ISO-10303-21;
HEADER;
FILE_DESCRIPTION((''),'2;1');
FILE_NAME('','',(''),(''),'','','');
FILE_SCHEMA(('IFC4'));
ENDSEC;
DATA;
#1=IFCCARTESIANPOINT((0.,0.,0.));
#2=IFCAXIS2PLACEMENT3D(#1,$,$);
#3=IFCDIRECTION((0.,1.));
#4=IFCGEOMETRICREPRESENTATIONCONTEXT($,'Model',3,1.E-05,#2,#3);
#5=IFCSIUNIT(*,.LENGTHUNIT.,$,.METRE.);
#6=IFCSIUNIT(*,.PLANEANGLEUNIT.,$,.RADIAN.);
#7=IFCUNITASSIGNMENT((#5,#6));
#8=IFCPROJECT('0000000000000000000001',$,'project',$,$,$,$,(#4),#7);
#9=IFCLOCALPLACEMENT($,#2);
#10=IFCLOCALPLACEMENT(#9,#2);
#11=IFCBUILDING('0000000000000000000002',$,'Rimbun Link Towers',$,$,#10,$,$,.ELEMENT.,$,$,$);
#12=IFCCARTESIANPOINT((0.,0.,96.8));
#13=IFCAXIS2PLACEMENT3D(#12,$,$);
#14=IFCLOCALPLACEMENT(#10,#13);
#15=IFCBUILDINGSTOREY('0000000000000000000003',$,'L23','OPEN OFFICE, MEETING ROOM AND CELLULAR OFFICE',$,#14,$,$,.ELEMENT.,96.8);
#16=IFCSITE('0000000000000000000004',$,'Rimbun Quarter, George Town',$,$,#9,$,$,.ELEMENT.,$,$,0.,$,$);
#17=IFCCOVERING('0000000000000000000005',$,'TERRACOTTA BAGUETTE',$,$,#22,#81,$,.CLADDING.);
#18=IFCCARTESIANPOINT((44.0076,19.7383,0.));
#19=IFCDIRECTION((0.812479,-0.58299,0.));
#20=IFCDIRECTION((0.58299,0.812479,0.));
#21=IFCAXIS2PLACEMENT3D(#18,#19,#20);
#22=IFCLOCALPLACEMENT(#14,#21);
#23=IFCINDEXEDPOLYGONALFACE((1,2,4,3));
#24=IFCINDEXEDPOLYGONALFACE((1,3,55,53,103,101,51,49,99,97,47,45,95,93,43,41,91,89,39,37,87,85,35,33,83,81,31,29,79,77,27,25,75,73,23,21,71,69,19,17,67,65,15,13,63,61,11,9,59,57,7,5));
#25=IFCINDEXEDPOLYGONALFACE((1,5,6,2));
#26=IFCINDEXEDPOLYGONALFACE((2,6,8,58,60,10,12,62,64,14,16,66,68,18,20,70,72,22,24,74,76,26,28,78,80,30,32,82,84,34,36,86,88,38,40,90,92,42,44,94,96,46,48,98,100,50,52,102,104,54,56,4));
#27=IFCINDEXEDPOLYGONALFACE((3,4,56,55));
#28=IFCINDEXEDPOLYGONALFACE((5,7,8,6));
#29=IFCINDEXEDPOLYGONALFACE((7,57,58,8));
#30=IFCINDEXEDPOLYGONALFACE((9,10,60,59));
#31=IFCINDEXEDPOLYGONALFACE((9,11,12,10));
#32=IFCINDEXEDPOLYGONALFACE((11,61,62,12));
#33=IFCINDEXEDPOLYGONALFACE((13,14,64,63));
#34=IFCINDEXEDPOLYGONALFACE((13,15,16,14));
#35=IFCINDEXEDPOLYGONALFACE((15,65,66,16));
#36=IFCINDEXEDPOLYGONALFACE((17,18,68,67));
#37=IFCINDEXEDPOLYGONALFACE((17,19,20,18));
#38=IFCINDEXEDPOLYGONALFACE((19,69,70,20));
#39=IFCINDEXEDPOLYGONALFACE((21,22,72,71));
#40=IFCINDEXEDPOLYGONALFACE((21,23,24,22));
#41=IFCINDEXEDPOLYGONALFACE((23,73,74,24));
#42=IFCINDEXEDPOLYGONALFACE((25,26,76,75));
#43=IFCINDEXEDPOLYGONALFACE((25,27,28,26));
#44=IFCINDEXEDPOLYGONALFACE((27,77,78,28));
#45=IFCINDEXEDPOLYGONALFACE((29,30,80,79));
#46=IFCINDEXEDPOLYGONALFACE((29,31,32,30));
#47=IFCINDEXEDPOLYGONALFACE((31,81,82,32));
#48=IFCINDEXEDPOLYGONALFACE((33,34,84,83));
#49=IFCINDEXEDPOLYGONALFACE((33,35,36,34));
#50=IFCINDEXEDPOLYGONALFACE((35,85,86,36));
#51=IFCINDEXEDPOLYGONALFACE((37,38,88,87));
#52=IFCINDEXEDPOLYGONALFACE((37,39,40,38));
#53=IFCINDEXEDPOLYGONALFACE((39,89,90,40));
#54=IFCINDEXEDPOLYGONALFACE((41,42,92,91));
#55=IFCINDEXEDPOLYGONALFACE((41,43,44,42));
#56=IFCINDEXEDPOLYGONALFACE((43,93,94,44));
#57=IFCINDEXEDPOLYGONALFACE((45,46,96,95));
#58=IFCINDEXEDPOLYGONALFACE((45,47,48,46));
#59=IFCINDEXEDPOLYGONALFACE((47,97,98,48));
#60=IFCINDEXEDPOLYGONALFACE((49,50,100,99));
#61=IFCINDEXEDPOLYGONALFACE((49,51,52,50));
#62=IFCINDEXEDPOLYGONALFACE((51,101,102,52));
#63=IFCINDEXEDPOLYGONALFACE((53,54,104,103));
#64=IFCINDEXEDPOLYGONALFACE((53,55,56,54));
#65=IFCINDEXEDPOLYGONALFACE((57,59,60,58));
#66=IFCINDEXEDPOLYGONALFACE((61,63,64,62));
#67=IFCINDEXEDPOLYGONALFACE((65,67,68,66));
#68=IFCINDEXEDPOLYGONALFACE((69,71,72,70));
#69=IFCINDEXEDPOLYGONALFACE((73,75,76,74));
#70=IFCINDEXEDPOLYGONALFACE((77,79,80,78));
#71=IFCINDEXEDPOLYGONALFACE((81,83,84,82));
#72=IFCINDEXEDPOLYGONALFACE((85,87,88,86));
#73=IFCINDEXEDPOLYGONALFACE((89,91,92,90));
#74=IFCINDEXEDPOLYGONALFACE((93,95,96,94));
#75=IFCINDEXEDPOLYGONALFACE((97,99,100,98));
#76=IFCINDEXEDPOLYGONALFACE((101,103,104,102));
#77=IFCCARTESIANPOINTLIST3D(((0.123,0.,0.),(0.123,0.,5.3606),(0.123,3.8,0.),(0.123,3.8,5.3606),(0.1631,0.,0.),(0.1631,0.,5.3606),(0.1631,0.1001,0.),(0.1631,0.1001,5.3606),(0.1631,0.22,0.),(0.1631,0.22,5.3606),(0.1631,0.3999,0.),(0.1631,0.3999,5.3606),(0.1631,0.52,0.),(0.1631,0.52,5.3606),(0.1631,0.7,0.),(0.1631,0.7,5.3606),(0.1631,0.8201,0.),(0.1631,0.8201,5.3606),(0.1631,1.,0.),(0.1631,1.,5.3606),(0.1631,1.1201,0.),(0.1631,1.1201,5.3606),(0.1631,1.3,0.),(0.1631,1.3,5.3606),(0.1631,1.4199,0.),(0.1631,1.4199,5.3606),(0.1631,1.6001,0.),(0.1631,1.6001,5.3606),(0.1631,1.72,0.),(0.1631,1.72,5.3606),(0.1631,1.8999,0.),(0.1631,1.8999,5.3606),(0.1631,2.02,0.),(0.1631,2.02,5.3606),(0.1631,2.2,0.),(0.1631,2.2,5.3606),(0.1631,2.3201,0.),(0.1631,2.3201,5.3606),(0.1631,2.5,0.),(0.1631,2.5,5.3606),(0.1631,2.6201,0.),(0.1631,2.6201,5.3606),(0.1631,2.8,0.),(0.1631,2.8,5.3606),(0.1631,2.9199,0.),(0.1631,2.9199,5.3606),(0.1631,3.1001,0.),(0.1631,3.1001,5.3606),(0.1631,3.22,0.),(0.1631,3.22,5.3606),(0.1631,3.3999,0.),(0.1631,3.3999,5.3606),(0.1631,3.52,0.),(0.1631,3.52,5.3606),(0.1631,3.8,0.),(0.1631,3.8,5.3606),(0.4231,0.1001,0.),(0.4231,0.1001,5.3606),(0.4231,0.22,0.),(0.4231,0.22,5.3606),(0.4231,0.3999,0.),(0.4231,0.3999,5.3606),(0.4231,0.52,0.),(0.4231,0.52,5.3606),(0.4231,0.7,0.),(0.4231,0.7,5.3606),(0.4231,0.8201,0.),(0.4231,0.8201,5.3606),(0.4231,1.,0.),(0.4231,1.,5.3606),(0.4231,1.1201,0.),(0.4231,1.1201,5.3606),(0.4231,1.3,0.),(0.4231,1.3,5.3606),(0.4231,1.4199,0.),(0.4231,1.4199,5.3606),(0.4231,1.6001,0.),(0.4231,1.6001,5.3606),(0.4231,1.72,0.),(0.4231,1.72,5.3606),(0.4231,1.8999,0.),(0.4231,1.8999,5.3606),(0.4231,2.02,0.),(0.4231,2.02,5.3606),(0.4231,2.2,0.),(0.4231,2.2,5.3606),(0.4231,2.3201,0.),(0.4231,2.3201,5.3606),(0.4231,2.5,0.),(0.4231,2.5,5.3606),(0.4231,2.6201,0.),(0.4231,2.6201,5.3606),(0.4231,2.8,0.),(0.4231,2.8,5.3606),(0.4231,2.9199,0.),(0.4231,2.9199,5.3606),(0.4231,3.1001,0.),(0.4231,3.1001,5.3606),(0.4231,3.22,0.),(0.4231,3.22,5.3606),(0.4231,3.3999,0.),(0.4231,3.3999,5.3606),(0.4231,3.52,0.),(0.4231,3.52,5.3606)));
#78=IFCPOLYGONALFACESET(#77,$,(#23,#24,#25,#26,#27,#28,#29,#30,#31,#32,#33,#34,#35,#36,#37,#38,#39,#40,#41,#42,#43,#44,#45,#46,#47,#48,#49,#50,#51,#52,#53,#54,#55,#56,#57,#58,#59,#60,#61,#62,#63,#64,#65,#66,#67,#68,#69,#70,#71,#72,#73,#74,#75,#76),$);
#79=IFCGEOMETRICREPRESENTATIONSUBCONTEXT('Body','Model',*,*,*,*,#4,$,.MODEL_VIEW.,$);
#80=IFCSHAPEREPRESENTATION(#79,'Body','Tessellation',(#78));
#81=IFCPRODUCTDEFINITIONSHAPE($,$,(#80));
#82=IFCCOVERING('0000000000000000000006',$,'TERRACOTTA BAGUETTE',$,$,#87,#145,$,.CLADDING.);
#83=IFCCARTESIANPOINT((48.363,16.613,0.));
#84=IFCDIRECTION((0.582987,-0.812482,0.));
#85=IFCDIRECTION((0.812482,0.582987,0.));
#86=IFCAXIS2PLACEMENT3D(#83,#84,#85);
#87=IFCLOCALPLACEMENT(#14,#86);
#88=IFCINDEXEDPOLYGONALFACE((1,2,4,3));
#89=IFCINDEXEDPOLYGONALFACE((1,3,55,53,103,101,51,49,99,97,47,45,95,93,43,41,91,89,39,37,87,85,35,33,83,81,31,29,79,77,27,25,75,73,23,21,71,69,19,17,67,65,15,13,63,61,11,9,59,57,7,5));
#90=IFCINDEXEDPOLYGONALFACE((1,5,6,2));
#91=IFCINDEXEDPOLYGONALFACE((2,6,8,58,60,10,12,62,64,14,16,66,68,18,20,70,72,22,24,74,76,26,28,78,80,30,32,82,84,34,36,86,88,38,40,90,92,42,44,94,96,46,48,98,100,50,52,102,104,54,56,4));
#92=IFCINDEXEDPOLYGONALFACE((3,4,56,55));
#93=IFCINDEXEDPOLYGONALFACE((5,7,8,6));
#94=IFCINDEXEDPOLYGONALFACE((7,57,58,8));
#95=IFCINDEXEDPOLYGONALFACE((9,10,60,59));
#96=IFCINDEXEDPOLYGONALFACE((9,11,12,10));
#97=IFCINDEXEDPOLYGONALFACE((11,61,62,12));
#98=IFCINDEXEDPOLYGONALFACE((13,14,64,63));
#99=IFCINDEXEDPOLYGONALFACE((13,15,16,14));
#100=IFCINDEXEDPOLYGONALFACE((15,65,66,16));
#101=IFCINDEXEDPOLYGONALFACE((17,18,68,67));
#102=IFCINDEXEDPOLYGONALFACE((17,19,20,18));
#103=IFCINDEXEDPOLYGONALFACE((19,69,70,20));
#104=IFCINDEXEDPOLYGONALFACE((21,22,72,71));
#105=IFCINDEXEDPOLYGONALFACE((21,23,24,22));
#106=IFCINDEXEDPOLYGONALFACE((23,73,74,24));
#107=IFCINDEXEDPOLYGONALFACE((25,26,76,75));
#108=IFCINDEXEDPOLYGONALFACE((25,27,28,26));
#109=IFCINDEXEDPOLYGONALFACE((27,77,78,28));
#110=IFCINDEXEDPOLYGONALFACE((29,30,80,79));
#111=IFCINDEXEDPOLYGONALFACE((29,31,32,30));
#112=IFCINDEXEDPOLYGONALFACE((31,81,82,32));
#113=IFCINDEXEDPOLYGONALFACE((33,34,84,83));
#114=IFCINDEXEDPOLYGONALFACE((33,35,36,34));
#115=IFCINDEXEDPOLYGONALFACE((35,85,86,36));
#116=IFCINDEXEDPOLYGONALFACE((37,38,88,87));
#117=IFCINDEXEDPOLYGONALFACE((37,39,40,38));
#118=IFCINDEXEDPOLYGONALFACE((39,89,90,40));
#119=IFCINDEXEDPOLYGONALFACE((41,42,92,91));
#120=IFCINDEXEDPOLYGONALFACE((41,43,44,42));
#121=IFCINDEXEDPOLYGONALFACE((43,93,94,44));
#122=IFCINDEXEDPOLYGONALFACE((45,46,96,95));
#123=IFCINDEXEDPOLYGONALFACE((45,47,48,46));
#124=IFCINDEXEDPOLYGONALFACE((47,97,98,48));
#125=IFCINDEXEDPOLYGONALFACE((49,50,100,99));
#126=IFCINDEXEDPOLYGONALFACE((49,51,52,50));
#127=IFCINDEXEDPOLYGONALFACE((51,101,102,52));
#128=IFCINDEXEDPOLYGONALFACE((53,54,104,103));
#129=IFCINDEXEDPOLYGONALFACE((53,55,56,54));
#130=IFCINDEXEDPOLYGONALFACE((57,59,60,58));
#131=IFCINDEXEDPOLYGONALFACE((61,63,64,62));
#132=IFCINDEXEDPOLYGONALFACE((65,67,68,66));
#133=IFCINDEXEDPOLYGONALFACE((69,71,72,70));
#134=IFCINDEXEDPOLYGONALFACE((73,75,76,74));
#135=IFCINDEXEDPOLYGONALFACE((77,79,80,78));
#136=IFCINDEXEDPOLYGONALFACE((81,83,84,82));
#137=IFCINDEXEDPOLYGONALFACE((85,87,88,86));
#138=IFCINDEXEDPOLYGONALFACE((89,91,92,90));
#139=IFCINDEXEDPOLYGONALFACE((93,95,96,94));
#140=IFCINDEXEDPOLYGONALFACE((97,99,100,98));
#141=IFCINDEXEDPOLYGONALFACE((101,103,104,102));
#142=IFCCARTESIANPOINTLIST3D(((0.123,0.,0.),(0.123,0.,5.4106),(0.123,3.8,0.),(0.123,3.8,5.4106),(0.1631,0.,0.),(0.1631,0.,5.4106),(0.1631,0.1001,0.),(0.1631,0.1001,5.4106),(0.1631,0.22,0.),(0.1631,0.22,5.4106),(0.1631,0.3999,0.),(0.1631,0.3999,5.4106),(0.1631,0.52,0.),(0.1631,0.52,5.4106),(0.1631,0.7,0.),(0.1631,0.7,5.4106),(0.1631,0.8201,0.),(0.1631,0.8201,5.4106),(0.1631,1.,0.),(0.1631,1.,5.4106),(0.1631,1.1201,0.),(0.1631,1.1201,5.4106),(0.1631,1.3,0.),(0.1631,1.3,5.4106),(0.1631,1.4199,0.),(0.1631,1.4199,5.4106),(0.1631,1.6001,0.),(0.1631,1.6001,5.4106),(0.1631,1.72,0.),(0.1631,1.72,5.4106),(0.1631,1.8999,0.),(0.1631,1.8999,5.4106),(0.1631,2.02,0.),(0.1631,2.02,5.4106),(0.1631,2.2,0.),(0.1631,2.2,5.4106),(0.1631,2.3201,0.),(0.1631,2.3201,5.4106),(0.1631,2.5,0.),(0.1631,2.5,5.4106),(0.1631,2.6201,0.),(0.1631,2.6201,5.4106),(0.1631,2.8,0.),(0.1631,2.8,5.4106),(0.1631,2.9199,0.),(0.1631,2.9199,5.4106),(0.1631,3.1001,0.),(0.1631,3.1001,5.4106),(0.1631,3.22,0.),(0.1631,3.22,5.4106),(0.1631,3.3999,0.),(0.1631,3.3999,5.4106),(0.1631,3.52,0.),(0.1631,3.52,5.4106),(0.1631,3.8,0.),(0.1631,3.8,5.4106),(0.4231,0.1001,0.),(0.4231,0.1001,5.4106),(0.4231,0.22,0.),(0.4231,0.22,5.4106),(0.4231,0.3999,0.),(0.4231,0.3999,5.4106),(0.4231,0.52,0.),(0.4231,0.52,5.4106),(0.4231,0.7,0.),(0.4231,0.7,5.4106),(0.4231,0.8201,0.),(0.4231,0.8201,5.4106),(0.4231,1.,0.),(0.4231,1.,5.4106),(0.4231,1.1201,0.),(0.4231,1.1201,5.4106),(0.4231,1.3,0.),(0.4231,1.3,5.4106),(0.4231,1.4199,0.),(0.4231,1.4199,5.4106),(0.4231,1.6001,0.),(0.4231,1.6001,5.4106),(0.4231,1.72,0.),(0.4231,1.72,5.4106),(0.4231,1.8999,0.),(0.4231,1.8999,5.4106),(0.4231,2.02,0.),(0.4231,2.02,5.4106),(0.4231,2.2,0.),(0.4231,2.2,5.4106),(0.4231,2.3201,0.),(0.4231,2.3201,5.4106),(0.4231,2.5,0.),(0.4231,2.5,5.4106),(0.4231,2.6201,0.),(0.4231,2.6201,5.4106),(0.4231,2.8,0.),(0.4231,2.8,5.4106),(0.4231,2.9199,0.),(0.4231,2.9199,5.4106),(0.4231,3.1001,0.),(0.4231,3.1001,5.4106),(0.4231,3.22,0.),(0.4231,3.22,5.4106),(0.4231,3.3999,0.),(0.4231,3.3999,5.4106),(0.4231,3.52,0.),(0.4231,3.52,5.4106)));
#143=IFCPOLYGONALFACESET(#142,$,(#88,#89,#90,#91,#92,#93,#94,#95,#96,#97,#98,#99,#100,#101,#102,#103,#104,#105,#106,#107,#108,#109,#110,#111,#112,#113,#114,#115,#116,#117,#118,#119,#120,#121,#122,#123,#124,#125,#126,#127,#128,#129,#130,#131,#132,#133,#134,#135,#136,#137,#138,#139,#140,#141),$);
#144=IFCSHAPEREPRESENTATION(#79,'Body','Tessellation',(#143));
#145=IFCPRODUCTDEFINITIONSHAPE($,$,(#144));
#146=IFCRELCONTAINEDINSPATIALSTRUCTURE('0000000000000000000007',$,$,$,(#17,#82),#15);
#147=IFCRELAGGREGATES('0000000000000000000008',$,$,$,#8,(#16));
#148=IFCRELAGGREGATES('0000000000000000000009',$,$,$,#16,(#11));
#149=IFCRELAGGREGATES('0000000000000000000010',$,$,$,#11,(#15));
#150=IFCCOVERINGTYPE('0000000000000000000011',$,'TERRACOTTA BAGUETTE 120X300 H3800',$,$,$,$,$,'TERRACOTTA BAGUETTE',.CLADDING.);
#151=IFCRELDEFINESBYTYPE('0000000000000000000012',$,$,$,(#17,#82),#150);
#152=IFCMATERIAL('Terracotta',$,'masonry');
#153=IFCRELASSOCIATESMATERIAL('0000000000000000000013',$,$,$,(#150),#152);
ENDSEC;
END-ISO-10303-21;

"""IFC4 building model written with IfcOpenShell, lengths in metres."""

from ifc_helpers import new_model, si_unit, direction, frame, origin, place, context, subcontext, project, spatial, polyline, outline, extrude, material, material_profile, profile_set, type_object, element, save


model = new_model("IFC4")

# Units and contexts
model_context = context("Model", 3, precision=1e-05, world=origin(), true_north=direction((0.0, 1.0)))
body_context = subcontext(model_context, "Body", "Model", "MODEL_VIEW")
ifc_project = project(units=[si_unit("LENGTHUNIT", "METRE"), si_unit("PLANEANGLEUNIT", "RADIAN")], contexts=[model_context])

# Site, building, storey
site_placement = place(None, origin())
site = spatial("IfcSite", under=ifc_project, at=site_placement, Name="Rimbun Quarter, George Town", CompositionType="ELEMENT", RefElevation=0.0)
building_placement = place(site_placement, origin())
building = spatial("IfcBuilding", under=site, at=building_placement, Name="Rimbun Link Towers", CompositionType="ELEMENT")
storey_placement = place(building_placement, frame((0.0, 0.0, 96.8)))
storey = spatial("IfcBuildingStorey", under=building, at=storey_placement, Name="L23", Description="OPEN OFFICE, MEETING ROOM AND CELLULAR OFFICE", CompositionType="ELEMENT", Elevation=96.8)

# Coverings
ifc_material_1 = material(Name="Terracotta", Category="masonry")
ifc_material_profile_1 = material_profile(ifc_material_1, outline(polyline([(0.123, 0.0), (0.1631, 0.0), (0.1631, 0.1001), (0.4231, 0.1001), (0.4231, 0.22), (0.1631, 0.22), (0.1631, 0.3999), (0.4231, 0.3999), (0.4231, 0.52), (0.1631, 0.52), (0.1631, 0.7), (0.4231, 0.7), (0.4231, 0.8201), (0.1631, 0.8201), (0.1631, 1.0), (0.4231, 1.0), (0.4231, 1.1201), (0.1631, 1.1201), (0.1631, 1.3), (0.4231, 1.3), (0.4231, 1.4199), (0.1631, 1.4199), (0.1631, 1.6001), (0.4231, 1.6001), (0.4231, 1.72), (0.1631, 1.72), (0.1631, 1.8999), (0.4231, 1.8999), (0.4231, 2.02), (0.1631, 2.02), (0.1631, 2.2), (0.4231, 2.2), (0.4231, 2.3201), (0.1631, 2.3201), (0.1631, 2.5), (0.4231, 2.5), (0.4231, 2.6201), (0.1631, 2.6201), (0.1631, 2.8), (0.4231, 2.8), (0.4231, 2.9199), (0.1631, 2.9199), (0.1631, 3.1001), (0.4231, 3.1001), (0.4231, 3.22), (0.1631, 3.22), (0.1631, 3.3999), (0.4231, 3.3999), (0.4231, 3.52), (0.1631, 3.52), (0.1631, 3.8), (0.123, 3.8), (0.123, 0.0)])), Name="BAGUETTE 120X300")
ifc_profile_set_1 = profile_set([ifc_material_profile_1], Name="Terracotta")
covering_type = type_object("IfcCoveringType", Name="TERRACOTTA BAGUETTE 120X300 H3800", ElementType="TERRACOTTA BAGUETTE", PredefinedType="CLADDING", material=ifc_profile_set_1)
covering_1_placement = place(storey_placement, frame((44.0076, 19.7383, 0.0), z_axis=(0.812479, -0.58299, 0.0), x_axis=(0.58299, 0.812479, 0.0)))
element("IfcCovering", 1, at=covering_1_placement, inside=storey, type_object=covering_type, Name="TERRACOTTA BAGUETTE", PredefinedType="CLADDING", context=body_context, shape_type="SweptSolid", body=[
    extrude(outline(polyline([(0.123, 0.0), (0.1631, 0.0), (0.1631, 0.1001), (0.4231, 0.1001), (0.4231, 0.22), (0.1631, 0.22), (0.1631, 0.3999), (0.4231, 0.3999), (0.4231, 0.52), (0.1631, 0.52), (0.1631, 0.7), (0.4231, 0.7), (0.4231, 0.8201), (0.1631, 0.8201), (0.1631, 1.0), (0.4231, 1.0), (0.4231, 1.1201), (0.1631, 1.1201), (0.1631, 1.3), (0.4231, 1.3), (0.4231, 1.4199), (0.1631, 1.4199), (0.1631, 1.6001), (0.4231, 1.6001), (0.4231, 1.72), (0.1631, 1.72), (0.1631, 1.8999), (0.4231, 1.8999), (0.4231, 2.02), (0.1631, 2.02), (0.1631, 2.2), (0.4231, 2.2), (0.4231, 2.3201), (0.1631, 2.3201), (0.1631, 2.5), (0.4231, 2.5), (0.4231, 2.6201), (0.1631, 2.6201), (0.1631, 2.8), (0.4231, 2.8), (0.4231, 2.9199), (0.1631, 2.9199), (0.1631, 3.1001), (0.4231, 3.1001), (0.4231, 3.22), (0.1631, 3.22), (0.1631, 3.3999), (0.4231, 3.3999), (0.4231, 3.52), (0.1631, 3.52), (0.1631, 3.8), (0.123, 3.8), (0.123, 0.0)])), origin(), (0.0, 0.0, 1.0), 5.3606),
])
covering_2_placement = place(storey_placement, frame((48.363, 16.613, 0.0), z_axis=(0.582987, -0.812482, 0.0), x_axis=(0.812482, 0.582987, 0.0)))
element("IfcCovering", 2, at=covering_2_placement, inside=storey, type_object=covering_type, Name="TERRACOTTA BAGUETTE", PredefinedType="CLADDING", context=body_context, shape_type="SweptSolid", body=[
    extrude(outline(polyline([(0.123, 0.0), (0.1631, 0.0), (0.1631, 0.1001), (0.4231, 0.1001), (0.4231, 0.22), (0.1631, 0.22), (0.1631, 0.3999), (0.4231, 0.3999), (0.4231, 0.52), (0.1631, 0.52), (0.1631, 0.7), (0.4231, 0.7), (0.4231, 0.8201), (0.1631, 0.8201), (0.1631, 1.0), (0.4231, 1.0), (0.4231, 1.1201), (0.1631, 1.1201), (0.1631, 1.3), (0.4231, 1.3), (0.4231, 1.4199), (0.1631, 1.4199), (0.1631, 1.6001), (0.4231, 1.6001), (0.4231, 1.72), (0.1631, 1.72), (0.1631, 1.8999), (0.4231, 1.8999), (0.4231, 2.02), (0.1631, 2.02), (0.1631, 2.2), (0.4231, 2.2), (0.4231, 2.3201), (0.1631, 2.3201), (0.1631, 2.5), (0.4231, 2.5), (0.4231, 2.6201), (0.1631, 2.6201), (0.1631, 2.8), (0.4231, 2.8), (0.4231, 2.9199), (0.1631, 2.9199), (0.1631, 3.1001), (0.4231, 3.1001), (0.4231, 3.22), (0.1631, 3.22), (0.1631, 3.3999), (0.4231, 3.3999), (0.4231, 3.52), (0.1631, 3.52), (0.1631, 3.8), (0.123, 3.8), (0.123, 0.0)])), origin(), (0.0, 0.0, 1.0), 5.4106),
])

save(model, "model.ifc")
